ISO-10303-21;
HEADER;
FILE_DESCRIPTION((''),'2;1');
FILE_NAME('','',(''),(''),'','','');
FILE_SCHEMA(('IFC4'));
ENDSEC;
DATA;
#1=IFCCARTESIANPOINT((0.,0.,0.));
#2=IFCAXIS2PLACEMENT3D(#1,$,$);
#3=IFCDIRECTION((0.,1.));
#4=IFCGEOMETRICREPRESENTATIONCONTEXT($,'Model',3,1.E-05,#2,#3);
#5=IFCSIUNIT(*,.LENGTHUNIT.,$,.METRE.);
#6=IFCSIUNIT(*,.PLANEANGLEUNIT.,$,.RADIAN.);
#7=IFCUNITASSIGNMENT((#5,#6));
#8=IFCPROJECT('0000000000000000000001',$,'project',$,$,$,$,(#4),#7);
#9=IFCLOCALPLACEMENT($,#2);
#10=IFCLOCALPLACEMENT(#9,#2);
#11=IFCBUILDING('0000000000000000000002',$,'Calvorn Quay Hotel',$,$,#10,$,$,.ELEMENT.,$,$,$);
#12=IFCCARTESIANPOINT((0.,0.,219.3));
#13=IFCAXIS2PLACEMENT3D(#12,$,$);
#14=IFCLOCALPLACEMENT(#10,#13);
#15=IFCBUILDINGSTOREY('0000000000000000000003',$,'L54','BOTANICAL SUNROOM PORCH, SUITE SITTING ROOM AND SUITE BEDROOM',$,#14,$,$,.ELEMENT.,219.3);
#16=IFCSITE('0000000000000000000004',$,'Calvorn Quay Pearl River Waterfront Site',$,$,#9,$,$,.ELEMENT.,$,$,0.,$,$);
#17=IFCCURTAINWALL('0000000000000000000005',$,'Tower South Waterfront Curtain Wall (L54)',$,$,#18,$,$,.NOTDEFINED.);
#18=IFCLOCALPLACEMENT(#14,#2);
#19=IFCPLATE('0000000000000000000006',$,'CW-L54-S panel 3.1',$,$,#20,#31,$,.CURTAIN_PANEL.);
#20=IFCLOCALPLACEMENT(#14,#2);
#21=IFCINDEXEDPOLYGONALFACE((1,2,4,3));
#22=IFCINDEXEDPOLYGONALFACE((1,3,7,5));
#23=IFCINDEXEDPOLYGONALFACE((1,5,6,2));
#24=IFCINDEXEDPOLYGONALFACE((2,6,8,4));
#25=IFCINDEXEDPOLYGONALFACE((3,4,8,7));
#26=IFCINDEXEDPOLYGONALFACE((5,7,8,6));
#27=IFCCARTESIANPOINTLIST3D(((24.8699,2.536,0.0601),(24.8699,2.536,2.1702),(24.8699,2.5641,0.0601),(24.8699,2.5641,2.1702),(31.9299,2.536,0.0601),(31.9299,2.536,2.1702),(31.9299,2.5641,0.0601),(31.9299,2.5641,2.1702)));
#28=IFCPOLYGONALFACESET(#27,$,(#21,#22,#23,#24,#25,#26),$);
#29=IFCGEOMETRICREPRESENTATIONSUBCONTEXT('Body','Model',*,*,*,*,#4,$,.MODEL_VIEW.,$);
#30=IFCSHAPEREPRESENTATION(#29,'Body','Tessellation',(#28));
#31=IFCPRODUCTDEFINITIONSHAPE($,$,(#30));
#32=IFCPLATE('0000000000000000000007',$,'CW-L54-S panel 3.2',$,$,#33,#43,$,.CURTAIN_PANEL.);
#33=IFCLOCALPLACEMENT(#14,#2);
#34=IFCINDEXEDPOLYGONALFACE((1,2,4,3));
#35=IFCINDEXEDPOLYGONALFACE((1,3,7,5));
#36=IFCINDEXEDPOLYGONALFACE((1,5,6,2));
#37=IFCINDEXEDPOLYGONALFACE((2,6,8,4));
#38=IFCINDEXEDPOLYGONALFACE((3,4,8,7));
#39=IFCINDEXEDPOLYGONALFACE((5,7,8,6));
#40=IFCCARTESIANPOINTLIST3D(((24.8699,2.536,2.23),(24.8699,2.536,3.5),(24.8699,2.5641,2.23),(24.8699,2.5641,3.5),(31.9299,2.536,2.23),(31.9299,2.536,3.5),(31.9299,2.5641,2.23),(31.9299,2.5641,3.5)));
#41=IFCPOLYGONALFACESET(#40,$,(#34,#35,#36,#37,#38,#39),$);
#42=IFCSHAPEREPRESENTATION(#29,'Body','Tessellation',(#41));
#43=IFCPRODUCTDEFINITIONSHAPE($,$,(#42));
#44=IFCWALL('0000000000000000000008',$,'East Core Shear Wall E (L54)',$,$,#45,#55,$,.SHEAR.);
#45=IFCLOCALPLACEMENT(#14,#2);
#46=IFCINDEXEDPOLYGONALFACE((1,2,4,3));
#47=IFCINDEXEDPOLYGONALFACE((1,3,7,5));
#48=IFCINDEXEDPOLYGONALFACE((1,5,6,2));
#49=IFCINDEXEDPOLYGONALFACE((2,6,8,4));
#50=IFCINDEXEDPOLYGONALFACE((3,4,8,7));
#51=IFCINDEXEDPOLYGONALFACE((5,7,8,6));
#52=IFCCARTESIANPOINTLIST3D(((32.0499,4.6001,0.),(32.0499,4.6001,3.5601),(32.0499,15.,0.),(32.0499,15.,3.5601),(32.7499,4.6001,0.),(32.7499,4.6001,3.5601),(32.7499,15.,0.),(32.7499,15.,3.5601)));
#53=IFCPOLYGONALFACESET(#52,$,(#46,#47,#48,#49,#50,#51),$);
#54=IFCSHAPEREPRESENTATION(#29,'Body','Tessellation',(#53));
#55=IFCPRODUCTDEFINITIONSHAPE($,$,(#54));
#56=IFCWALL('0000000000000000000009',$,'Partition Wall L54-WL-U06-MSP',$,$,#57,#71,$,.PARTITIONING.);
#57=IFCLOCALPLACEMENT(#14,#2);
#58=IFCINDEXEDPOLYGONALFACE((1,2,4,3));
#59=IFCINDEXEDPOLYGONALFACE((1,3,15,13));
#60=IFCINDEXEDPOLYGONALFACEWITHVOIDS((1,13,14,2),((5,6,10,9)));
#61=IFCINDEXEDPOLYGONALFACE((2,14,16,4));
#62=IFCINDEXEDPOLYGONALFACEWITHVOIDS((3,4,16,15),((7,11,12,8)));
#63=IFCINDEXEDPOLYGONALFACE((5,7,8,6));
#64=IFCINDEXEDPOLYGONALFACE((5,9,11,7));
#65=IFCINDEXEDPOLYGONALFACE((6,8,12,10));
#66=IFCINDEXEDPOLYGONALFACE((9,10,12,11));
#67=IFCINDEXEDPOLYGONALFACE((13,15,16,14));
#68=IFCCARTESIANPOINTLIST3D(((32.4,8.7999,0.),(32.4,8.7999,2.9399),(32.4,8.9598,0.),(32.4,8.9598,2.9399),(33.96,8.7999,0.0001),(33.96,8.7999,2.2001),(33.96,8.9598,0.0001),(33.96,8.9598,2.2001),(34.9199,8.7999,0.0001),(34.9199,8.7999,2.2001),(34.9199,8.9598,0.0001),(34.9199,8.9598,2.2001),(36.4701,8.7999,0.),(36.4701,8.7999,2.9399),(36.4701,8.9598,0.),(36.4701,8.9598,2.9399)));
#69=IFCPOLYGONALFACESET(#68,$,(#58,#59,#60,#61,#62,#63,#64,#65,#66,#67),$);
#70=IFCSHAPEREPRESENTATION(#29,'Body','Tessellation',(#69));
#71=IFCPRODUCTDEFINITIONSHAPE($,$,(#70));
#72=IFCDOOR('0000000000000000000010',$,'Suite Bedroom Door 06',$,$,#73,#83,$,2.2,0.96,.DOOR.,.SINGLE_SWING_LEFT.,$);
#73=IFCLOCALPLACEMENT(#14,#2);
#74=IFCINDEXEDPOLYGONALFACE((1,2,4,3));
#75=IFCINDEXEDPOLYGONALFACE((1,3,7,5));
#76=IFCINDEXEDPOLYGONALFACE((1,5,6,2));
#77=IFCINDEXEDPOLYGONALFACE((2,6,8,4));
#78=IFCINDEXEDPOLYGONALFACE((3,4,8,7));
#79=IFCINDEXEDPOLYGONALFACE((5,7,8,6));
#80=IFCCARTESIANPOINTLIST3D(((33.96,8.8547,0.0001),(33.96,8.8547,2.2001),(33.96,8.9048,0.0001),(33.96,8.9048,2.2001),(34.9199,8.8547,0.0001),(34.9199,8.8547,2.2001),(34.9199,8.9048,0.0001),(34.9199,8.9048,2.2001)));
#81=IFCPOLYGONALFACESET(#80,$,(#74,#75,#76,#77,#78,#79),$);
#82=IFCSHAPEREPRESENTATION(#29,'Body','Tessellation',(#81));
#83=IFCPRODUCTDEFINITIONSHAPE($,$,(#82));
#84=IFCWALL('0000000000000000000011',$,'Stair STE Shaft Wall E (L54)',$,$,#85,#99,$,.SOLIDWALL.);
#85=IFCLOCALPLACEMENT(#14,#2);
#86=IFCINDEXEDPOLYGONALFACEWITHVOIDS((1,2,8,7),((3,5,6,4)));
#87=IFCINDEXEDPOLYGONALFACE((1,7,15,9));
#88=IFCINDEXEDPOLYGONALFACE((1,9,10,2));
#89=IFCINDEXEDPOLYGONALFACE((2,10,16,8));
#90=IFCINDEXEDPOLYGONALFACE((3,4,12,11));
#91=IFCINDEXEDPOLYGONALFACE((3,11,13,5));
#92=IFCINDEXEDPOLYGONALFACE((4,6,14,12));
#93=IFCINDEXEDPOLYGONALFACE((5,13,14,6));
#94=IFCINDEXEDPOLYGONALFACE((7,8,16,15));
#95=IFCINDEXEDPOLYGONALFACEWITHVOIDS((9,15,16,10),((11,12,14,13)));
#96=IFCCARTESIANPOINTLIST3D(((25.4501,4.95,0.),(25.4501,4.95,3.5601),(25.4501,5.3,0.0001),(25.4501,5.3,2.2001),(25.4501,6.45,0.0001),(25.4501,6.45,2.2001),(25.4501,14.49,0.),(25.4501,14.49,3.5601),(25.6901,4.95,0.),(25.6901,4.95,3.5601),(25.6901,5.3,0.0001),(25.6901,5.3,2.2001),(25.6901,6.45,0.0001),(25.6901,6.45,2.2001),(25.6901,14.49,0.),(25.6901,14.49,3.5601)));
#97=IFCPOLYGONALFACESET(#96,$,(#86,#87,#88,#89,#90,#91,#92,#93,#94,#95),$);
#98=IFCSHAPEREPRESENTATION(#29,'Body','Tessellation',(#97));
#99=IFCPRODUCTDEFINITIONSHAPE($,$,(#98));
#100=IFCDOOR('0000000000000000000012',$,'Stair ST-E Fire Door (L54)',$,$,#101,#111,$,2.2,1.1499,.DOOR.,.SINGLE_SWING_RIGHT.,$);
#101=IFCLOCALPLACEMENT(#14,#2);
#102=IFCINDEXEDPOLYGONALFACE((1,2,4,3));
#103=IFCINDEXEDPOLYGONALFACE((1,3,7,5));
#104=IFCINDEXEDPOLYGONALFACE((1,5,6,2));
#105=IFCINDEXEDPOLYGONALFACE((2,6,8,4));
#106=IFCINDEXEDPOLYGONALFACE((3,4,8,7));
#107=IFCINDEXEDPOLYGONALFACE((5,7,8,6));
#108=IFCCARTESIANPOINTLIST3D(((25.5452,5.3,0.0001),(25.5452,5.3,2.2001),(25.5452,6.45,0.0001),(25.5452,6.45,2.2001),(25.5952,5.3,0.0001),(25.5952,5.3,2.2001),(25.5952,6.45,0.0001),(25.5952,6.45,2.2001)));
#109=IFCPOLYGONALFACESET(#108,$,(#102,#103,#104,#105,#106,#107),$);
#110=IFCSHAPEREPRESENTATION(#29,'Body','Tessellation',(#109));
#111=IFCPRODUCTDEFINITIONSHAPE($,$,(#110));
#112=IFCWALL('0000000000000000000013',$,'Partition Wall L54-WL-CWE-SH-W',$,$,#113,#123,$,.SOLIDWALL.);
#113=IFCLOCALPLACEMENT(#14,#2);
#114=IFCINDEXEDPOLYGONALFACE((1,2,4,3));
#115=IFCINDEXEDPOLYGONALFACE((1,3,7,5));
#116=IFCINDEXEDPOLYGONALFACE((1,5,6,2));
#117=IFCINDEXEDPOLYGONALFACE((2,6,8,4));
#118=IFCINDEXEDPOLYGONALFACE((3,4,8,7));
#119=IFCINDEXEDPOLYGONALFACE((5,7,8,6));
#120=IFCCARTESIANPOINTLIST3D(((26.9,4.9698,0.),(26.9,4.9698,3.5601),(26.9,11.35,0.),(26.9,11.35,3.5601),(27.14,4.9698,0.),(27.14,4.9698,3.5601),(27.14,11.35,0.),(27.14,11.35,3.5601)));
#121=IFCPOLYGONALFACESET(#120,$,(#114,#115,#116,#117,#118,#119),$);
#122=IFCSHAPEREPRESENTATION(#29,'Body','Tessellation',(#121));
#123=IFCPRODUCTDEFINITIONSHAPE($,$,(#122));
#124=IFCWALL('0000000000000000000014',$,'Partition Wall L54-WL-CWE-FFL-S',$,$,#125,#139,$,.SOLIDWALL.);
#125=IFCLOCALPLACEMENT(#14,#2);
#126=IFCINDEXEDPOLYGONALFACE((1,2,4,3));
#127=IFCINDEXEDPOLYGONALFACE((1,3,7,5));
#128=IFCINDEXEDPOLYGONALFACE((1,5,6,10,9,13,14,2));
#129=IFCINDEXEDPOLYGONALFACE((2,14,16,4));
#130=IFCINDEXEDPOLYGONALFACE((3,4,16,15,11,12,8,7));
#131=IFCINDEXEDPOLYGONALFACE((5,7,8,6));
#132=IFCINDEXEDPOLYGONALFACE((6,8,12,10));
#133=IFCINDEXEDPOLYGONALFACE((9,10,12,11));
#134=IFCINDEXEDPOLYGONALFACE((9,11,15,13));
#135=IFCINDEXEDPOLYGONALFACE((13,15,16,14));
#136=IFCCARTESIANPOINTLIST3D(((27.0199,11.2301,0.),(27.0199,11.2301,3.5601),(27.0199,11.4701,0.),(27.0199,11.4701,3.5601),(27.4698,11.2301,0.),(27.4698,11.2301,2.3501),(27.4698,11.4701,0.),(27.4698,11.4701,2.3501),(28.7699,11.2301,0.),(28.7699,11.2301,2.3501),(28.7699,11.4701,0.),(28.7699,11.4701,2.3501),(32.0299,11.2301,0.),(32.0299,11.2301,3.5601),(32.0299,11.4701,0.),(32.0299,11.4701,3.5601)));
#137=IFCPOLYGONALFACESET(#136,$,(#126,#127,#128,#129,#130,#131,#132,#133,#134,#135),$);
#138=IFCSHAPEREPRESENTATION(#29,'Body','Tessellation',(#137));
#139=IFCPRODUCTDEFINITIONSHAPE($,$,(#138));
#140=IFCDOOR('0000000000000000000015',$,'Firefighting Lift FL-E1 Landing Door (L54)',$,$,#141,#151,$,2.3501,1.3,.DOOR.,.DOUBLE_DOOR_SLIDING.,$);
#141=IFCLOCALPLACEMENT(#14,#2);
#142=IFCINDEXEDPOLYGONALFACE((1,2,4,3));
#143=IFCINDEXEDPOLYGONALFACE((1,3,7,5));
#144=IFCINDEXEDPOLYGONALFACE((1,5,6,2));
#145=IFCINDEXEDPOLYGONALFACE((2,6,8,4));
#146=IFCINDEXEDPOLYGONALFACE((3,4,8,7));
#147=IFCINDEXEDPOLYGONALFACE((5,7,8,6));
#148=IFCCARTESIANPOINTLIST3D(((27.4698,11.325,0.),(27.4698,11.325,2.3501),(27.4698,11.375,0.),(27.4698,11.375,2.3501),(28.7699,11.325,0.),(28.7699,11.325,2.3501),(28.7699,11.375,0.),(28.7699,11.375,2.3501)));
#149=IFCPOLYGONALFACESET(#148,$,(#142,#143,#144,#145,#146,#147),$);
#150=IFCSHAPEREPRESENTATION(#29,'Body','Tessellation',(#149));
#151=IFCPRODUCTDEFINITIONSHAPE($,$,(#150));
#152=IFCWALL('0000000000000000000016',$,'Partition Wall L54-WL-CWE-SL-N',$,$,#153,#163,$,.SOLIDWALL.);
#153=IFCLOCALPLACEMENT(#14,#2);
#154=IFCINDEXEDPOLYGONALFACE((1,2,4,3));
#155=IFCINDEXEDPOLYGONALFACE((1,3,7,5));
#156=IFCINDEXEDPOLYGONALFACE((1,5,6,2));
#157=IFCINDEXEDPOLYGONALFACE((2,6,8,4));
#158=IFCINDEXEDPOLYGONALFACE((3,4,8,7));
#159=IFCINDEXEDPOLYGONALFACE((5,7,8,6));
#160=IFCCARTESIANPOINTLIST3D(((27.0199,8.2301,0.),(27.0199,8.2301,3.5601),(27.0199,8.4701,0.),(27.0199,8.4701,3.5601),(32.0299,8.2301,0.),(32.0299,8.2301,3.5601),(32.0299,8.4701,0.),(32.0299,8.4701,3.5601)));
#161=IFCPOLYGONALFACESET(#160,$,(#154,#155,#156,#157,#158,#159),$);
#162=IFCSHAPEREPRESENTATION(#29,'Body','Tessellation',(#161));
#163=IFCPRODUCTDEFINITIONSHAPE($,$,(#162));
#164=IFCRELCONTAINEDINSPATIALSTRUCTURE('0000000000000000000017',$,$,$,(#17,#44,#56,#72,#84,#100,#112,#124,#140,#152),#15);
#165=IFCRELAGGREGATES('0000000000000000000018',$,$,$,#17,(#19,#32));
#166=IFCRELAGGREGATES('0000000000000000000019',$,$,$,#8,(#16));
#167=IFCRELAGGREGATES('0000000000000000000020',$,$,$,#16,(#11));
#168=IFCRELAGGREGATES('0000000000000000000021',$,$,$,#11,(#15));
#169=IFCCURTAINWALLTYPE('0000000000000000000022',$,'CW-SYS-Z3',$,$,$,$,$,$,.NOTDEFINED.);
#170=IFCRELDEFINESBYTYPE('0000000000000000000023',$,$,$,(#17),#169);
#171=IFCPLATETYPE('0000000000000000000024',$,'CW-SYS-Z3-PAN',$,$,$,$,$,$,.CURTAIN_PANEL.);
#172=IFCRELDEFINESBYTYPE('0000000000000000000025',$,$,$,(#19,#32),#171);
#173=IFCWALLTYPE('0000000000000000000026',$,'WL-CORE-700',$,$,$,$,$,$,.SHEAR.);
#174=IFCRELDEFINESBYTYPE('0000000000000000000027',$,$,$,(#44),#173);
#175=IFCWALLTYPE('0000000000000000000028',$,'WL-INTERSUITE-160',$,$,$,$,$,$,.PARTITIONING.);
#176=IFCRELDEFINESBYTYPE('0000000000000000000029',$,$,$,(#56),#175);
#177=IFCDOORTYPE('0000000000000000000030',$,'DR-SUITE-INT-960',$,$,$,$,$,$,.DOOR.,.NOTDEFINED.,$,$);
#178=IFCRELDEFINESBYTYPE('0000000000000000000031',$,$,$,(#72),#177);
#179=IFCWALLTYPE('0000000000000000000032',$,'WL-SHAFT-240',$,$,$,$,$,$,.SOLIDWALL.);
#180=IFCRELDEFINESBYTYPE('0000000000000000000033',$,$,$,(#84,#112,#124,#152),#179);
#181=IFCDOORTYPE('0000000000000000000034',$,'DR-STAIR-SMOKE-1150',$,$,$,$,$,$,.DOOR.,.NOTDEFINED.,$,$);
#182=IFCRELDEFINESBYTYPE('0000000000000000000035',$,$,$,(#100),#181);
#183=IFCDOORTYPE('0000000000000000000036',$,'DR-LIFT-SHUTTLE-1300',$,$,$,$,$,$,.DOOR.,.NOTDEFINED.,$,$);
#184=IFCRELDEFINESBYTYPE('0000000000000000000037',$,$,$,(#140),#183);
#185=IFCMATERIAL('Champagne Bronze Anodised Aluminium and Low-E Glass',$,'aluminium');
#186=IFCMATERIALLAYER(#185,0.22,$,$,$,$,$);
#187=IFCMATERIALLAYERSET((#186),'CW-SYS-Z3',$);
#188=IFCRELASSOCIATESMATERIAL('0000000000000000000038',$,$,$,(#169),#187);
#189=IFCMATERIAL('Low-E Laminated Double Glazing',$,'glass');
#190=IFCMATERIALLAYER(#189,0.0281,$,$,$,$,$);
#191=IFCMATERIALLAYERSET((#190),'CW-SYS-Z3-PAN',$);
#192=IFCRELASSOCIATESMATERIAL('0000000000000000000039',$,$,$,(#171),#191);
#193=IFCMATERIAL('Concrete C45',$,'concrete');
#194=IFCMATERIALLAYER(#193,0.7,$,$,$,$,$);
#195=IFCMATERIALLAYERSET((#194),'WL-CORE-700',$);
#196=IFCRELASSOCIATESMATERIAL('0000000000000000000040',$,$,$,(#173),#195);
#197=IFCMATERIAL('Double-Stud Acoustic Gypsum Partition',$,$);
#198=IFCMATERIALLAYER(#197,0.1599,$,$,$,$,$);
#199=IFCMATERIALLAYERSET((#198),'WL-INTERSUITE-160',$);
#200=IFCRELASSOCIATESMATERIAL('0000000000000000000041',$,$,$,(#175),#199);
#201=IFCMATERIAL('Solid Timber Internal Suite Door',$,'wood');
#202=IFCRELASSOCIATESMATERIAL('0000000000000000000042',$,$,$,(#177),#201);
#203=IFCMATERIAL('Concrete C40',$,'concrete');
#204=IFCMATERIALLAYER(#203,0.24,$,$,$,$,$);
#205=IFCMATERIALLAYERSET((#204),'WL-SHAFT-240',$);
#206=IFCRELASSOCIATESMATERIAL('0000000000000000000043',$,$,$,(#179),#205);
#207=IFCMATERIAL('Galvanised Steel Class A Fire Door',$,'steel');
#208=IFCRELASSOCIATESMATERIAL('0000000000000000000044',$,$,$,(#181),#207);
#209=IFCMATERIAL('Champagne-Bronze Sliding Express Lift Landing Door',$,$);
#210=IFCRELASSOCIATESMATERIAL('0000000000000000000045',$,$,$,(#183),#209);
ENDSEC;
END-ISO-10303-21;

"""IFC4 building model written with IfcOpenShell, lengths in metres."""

from ifc_helpers import new_model, si_unit, direction, frame, frame_2d, origin, origin_2d, place, context, subcontext, project, spatial, rectangle, extrude, material, layer, layer_set, type_object, element, fill, aggregate, save


model = new_model("IFC4")

# Units and contexts
model_context = context("Model", 3, precision=1e-05, world=origin(), true_north=direction((0.0, 1.0)))
body_context = subcontext(model_context, "Body", "Model", "MODEL_VIEW")
ifc_project = project(units=[si_unit("LENGTHUNIT", "METRE"), si_unit("PLANEANGLEUNIT", "RADIAN")], contexts=[model_context])

# Site, building, storey
site_placement = place(None, origin())
site = spatial("IfcSite", under=ifc_project, at=site_placement, Name="Calvorn Quay Pearl River Waterfront Site", CompositionType="ELEMENT", RefElevation=0.0)
building_placement = place(site_placement, origin())
building = spatial("IfcBuilding", under=site, at=building_placement, Name="Calvorn Quay Hotel", CompositionType="ELEMENT")
storey_placement = place(building_placement, frame((0.0, 0.0, 219.3)))
storey = spatial("IfcBuildingStorey", under=building, at=storey_placement, Name="L54", Description="BOTANICAL SUNROOM PORCH, SUITE SITTING ROOM AND SUITE BEDROOM", CompositionType="ELEMENT", Elevation=219.3)

# Curtain wall, plates
ifc_material_1 = material(Name="Champagne Bronze Anodised Aluminium and Low-E Glass", Category="aluminium")
ifc_layer_1 = layer(ifc_material_1, 0.22)
ifc_layer_set_1 = layer_set([ifc_layer_1], Name="CW-SYS-Z3")
curtain_wall_type = type_object("IfcCurtainWallType", Name="CW-SYS-Z3", PredefinedType="NOTDEFINED", material=ifc_layer_set_1)
curtain_wall_placement = place(storey_placement, origin())
curtain_wall = element("IfcCurtainWall", 1, at=curtain_wall_placement, inside=storey, type_object=curtain_wall_type, Name="Tower South Waterfront Curtain Wall (L54)", PredefinedType="NOTDEFINED")
ifc_material_2 = material(Name="Low-E Laminated Double Glazing", Category="glass")
ifc_layer_2 = layer(ifc_material_2, 0.0281)
ifc_layer_set_2 = layer_set([ifc_layer_2], Name="CW-SYS-Z3-PAN")
plate_type = type_object("IfcPlateType", Name="CW-SYS-Z3-PAN", PredefinedType="CURTAIN_PANEL", material=ifc_layer_set_2)
plate_1_placement = place(storey_placement, frame((28.3999, 2.55, 0.0601), z_axis=(0.0, 0.0, 1.0), x_axis=(1.0, 0.0, 0.0)))
plate_1 = element("IfcPlate", 2, at=plate_1_placement, type_object=plate_type, Name="CW-L54-S panel 3.1", PredefinedType="CURTAIN_PANEL", context=body_context, shape_type="SweptSolid", body=[
    extrude(rectangle(XDim=7.0601, YDim=0.0281, at=origin_2d()), origin(), (0.0, 0.0, 1.0), 2.1101),
])
plate_2_placement = place(storey_placement, frame((28.3999, 2.55, 2.23), z_axis=(0.0, 0.0, 1.0), x_axis=(1.0, 0.0, 0.0)))
plate_2 = element("IfcPlate", 3, at=plate_2_placement, type_object=plate_type, Name="CW-L54-S panel 3.2", PredefinedType="CURTAIN_PANEL", context=body_context, shape_type="SweptSolid", body=[
    extrude(rectangle(XDim=7.0601, YDim=0.0281, at=origin_2d()), origin(), (0.0, 0.0, 1.0), 1.27),
])
aggregate(curtain_wall, [plate_1, plate_2])

# Wall
ifc_material_3 = material(Name="Concrete C45", Category="concrete")
ifc_layer_3 = layer(ifc_material_3, 0.7)
ifc_layer_set_3 = layer_set([ifc_layer_3], Name="WL-CORE-700")
wall_type_1 = type_object("IfcWallType", Name="WL-CORE-700", PredefinedType="SHEAR", material=ifc_layer_set_3)
wall_1_placement = place(storey_placement, frame((32.3999, 4.6001, 0.0), z_axis=(0.0, 0.0, 1.0), x_axis=(0.0, 1.0, 0.0)))
element("IfcWall", 4, at=wall_1_placement, inside=storey, type_object=wall_type_1, Name="East Core Shear Wall E (L54)", PredefinedType="SHEAR", context=body_context, shape_type="SweptSolid", body=[
    extrude(rectangle(XDim=10.3999, YDim=0.7, at=frame_2d((5.2, 0.0))), origin(), (0.0, 0.0, 1.0), 3.5601),
])

# Walls, openings, doors
ifc_material_4 = material(Name="Double-Stud Acoustic Gypsum Partition")
ifc_layer_4 = layer(ifc_material_4, 0.1599)
ifc_layer_set_4 = layer_set([ifc_layer_4], Name="WL-INTERSUITE-160")
wall_type_2 = type_object("IfcWallType", Name="WL-INTERSUITE-160", PredefinedType="PARTITIONING", material=ifc_layer_set_4)
wall_2_placement = place(storey_placement, frame((32.3999, 8.8799, 0.0), z_axis=(0.0, 0.0, 1.0), x_axis=(1.0, 0.0, 0.0)))
wall_2 = element("IfcWall", 5, at=wall_2_placement, inside=storey, type_object=wall_type_2, Name="Partition Wall L54-WL-U06-MSP", PredefinedType="PARTITIONING", context=body_context, shape_type="SweptSolid", body=[
    extrude(rectangle(XDim=4.0701, YDim=0.1599, at=frame_2d((2.0352, 0.0))), origin(), (0.0, 0.0, 1.0), 2.9399),
])
opening_1_placement = place(wall_2_placement, frame((1.5601, 0.0, 0.0)))
opening_1 = element("IfcOpeningElement", 6, at=opening_1_placement, cuts=wall_2, PredefinedType="OPENING", context=body_context, shape_type="SweptSolid", body=[
    extrude(rectangle(XDim=0.96, YDim=2.2, at=frame_2d((0.48, 1.1001))), frame((0.0, 0.0898, 0.0), z_axis=(0.0, -1.0, 0.0), x_axis=(1.0, 0.0, 0.0)), (0.0, 0.0, 1.0), 0.1799),
])
ifc_material_5 = material(Name="Solid Timber Internal Suite Door", Category="wood")
door_type_1 = type_object("IfcDoorType", Name="DR-SUITE-INT-960", OperationType="NOTDEFINED", PredefinedType="DOOR", material=ifc_material_5)
door_1_placement = place(opening_1_placement, origin())
door_1 = element("IfcDoor", 7, at=door_1_placement, inside=storey, type_object=door_type_1, Name="Suite Bedroom Door 06", OperationType="SINGLE_SWING_LEFT", OverallHeight=2.2, OverallWidth=0.96, PredefinedType="DOOR", context=body_context, shape_type="SweptSolid", body=[
    extrude(rectangle(XDim=0.96, YDim=2.2, at=frame_2d((0.48, 1.1001))), frame((0.0, 0.0249, 0.0), z_axis=(0.0, -1.0, 0.0), x_axis=(1.0, 0.0, 0.0)), (0.0, 0.0, 1.0), 0.05),
])
fill(opening_1, door_1)
ifc_material_6 = material(Name="Concrete C40", Category="concrete")
ifc_layer_5 = layer(ifc_material_6, 0.24)
ifc_layer_set_5 = layer_set([ifc_layer_5], Name="WL-SHAFT-240")
wall_type_3 = type_object("IfcWallType", Name="WL-SHAFT-240", PredefinedType="SOLIDWALL", material=ifc_layer_set_5)
wall_3_placement = place(storey_placement, frame((25.5701, 4.95, 0.0), z_axis=(0.0, 0.0, 1.0), x_axis=(0.0, 1.0, 0.0)))
wall_3 = element("IfcWall", 8, at=wall_3_placement, inside=storey, type_object=wall_type_3, Name="Stair STE Shaft Wall E (L54)", PredefinedType="SOLIDWALL", context=body_context, shape_type="SweptSolid", body=[
    extrude(rectangle(XDim=9.54, YDim=0.24, at=frame_2d((4.77, 0.0))), origin(), (0.0, 0.0, 1.0), 3.5601),
])
opening_2_placement = place(wall_3_placement, frame((0.3501, 0.0, 0.0)))
opening_2 = element("IfcOpeningElement", 9, at=opening_2_placement, cuts=wall_3, PredefinedType="OPENING", context=body_context, shape_type="SweptSolid", body=[
    extrude(rectangle(XDim=1.1499, YDim=2.2, at=frame_2d((0.575, 1.1001))), frame((0.0, 0.1299, 0.0), z_axis=(0.0, -1.0, 0.0), x_axis=(1.0, 0.0, 0.0)), (0.0, 0.0, 1.0), 0.26),
])
ifc_material_7 = material(Name="Galvanised Steel Class A Fire Door", Category="steel")
door_type_2 = type_object("IfcDoorType", Name="DR-STAIR-SMOKE-1150", OperationType="NOTDEFINED", PredefinedType="DOOR", material=ifc_material_7)
door_2_placement = place(opening_2_placement, origin())
door_2 = element("IfcDoor", 10, at=door_2_placement, inside=storey, type_object=door_type_2, Name="Stair ST-E Fire Door (L54)", OperationType="SINGLE_SWING_RIGHT", OverallHeight=2.2, OverallWidth=1.1499, PredefinedType="DOOR", context=body_context, shape_type="SweptSolid", body=[
    extrude(rectangle(XDim=1.1499, YDim=2.2, at=frame_2d((0.575, 1.1001))), frame((0.0, 0.0249, 0.0), z_axis=(0.0, -1.0, 0.0), x_axis=(1.0, 0.0, 0.0)), (0.0, 0.0, 1.0), 0.05),
])
fill(opening_2, door_2)

# Wall
wall_4_placement = place(storey_placement, frame((27.02, 4.97, 0.0), z_axis=(0.0, 0.0, 1.0), x_axis=(0.0, 1.0, 0.0)))
element("IfcWall", 11, at=wall_4_placement, inside=storey, type_object=wall_type_3, Name="Partition Wall L54-WL-CWE-SH-W", PredefinedType="SOLIDWALL", context=body_context, shape_type="SweptSolid", body=[
    extrude(rectangle(XDim=6.3801, YDim=0.24, at=frame_2d((3.1899, 0.0))), origin(), (0.0, 0.0, 1.0), 3.5601),
])

# Wall, opening, door
wall_5_placement = place(storey_placement, frame((27.02, 11.3501, 0.0), z_axis=(0.0, 0.0, 1.0), x_axis=(1.0, 0.0, 0.0)))
wall_5 = element("IfcWall", 12, at=wall_5_placement, inside=storey, type_object=wall_type_3, Name="Partition Wall L54-WL-CWE-FFL-S", PredefinedType="SOLIDWALL", context=body_context, shape_type="SweptSolid", body=[
    extrude(rectangle(XDim=5.01, YDim=0.24, at=frame_2d((2.5049, 0.0))), origin(), (0.0, 0.0, 1.0), 3.5601),
])
opening_3_placement = place(wall_5_placement, frame((0.45, 0.0, 0.0)))
opening_3 = element("IfcOpeningElement", 13, at=opening_3_placement, cuts=wall_5, PredefinedType="OPENING", context=body_context, shape_type="SweptSolid", body=[
    extrude(rectangle(XDim=1.3, YDim=2.3501, at=frame_2d((0.6499, 1.175))), frame((0.0, 0.1299, 0.0), z_axis=(0.0, -1.0, 0.0), x_axis=(1.0, 0.0, 0.0)), (0.0, 0.0, 1.0), 0.26),
])
ifc_material_8 = material(Name="Champagne-Bronze Sliding Express Lift Landing Door")
door_type_3 = type_object("IfcDoorType", Name="DR-LIFT-SHUTTLE-1300", OperationType="NOTDEFINED", PredefinedType="DOOR", material=ifc_material_8)
door_3_placement = place(opening_3_placement, origin())
door_3 = element("IfcDoor", 14, at=door_3_placement, inside=storey, type_object=door_type_3, Name="Firefighting Lift FL-E1 Landing Door (L54)", OperationType="DOUBLE_DOOR_SLIDING", OverallHeight=2.3501, OverallWidth=1.3, PredefinedType="DOOR", context=body_context, shape_type="SweptSolid", body=[
    extrude(rectangle(XDim=1.3, YDim=2.3501, at=frame_2d((0.6499, 1.175))), frame((0.0, 0.0249, 0.0), z_axis=(0.0, -1.0, 0.0), x_axis=(1.0, 0.0, 0.0)), (0.0, 0.0, 1.0), 0.05),
])
fill(opening_3, door_3)

# Wall
wall_6_placement = place(storey_placement, frame((27.02, 8.3501, 0.0), z_axis=(0.0, 0.0, 1.0), x_axis=(1.0, 0.0, 0.0)))
element("IfcWall", 15, at=wall_6_placement, inside=storey, type_object=wall_type_3, Name="Partition Wall L54-WL-CWE-SL-N", PredefinedType="SOLIDWALL", context=body_context, shape_type="SweptSolid", body=[
    extrude(rectangle(XDim=5.01, YDim=0.24, at=frame_2d((2.5049, 0.0))), origin(), (0.0, 0.0, 1.0), 3.5601),
])

save(model, "model.ifc")
